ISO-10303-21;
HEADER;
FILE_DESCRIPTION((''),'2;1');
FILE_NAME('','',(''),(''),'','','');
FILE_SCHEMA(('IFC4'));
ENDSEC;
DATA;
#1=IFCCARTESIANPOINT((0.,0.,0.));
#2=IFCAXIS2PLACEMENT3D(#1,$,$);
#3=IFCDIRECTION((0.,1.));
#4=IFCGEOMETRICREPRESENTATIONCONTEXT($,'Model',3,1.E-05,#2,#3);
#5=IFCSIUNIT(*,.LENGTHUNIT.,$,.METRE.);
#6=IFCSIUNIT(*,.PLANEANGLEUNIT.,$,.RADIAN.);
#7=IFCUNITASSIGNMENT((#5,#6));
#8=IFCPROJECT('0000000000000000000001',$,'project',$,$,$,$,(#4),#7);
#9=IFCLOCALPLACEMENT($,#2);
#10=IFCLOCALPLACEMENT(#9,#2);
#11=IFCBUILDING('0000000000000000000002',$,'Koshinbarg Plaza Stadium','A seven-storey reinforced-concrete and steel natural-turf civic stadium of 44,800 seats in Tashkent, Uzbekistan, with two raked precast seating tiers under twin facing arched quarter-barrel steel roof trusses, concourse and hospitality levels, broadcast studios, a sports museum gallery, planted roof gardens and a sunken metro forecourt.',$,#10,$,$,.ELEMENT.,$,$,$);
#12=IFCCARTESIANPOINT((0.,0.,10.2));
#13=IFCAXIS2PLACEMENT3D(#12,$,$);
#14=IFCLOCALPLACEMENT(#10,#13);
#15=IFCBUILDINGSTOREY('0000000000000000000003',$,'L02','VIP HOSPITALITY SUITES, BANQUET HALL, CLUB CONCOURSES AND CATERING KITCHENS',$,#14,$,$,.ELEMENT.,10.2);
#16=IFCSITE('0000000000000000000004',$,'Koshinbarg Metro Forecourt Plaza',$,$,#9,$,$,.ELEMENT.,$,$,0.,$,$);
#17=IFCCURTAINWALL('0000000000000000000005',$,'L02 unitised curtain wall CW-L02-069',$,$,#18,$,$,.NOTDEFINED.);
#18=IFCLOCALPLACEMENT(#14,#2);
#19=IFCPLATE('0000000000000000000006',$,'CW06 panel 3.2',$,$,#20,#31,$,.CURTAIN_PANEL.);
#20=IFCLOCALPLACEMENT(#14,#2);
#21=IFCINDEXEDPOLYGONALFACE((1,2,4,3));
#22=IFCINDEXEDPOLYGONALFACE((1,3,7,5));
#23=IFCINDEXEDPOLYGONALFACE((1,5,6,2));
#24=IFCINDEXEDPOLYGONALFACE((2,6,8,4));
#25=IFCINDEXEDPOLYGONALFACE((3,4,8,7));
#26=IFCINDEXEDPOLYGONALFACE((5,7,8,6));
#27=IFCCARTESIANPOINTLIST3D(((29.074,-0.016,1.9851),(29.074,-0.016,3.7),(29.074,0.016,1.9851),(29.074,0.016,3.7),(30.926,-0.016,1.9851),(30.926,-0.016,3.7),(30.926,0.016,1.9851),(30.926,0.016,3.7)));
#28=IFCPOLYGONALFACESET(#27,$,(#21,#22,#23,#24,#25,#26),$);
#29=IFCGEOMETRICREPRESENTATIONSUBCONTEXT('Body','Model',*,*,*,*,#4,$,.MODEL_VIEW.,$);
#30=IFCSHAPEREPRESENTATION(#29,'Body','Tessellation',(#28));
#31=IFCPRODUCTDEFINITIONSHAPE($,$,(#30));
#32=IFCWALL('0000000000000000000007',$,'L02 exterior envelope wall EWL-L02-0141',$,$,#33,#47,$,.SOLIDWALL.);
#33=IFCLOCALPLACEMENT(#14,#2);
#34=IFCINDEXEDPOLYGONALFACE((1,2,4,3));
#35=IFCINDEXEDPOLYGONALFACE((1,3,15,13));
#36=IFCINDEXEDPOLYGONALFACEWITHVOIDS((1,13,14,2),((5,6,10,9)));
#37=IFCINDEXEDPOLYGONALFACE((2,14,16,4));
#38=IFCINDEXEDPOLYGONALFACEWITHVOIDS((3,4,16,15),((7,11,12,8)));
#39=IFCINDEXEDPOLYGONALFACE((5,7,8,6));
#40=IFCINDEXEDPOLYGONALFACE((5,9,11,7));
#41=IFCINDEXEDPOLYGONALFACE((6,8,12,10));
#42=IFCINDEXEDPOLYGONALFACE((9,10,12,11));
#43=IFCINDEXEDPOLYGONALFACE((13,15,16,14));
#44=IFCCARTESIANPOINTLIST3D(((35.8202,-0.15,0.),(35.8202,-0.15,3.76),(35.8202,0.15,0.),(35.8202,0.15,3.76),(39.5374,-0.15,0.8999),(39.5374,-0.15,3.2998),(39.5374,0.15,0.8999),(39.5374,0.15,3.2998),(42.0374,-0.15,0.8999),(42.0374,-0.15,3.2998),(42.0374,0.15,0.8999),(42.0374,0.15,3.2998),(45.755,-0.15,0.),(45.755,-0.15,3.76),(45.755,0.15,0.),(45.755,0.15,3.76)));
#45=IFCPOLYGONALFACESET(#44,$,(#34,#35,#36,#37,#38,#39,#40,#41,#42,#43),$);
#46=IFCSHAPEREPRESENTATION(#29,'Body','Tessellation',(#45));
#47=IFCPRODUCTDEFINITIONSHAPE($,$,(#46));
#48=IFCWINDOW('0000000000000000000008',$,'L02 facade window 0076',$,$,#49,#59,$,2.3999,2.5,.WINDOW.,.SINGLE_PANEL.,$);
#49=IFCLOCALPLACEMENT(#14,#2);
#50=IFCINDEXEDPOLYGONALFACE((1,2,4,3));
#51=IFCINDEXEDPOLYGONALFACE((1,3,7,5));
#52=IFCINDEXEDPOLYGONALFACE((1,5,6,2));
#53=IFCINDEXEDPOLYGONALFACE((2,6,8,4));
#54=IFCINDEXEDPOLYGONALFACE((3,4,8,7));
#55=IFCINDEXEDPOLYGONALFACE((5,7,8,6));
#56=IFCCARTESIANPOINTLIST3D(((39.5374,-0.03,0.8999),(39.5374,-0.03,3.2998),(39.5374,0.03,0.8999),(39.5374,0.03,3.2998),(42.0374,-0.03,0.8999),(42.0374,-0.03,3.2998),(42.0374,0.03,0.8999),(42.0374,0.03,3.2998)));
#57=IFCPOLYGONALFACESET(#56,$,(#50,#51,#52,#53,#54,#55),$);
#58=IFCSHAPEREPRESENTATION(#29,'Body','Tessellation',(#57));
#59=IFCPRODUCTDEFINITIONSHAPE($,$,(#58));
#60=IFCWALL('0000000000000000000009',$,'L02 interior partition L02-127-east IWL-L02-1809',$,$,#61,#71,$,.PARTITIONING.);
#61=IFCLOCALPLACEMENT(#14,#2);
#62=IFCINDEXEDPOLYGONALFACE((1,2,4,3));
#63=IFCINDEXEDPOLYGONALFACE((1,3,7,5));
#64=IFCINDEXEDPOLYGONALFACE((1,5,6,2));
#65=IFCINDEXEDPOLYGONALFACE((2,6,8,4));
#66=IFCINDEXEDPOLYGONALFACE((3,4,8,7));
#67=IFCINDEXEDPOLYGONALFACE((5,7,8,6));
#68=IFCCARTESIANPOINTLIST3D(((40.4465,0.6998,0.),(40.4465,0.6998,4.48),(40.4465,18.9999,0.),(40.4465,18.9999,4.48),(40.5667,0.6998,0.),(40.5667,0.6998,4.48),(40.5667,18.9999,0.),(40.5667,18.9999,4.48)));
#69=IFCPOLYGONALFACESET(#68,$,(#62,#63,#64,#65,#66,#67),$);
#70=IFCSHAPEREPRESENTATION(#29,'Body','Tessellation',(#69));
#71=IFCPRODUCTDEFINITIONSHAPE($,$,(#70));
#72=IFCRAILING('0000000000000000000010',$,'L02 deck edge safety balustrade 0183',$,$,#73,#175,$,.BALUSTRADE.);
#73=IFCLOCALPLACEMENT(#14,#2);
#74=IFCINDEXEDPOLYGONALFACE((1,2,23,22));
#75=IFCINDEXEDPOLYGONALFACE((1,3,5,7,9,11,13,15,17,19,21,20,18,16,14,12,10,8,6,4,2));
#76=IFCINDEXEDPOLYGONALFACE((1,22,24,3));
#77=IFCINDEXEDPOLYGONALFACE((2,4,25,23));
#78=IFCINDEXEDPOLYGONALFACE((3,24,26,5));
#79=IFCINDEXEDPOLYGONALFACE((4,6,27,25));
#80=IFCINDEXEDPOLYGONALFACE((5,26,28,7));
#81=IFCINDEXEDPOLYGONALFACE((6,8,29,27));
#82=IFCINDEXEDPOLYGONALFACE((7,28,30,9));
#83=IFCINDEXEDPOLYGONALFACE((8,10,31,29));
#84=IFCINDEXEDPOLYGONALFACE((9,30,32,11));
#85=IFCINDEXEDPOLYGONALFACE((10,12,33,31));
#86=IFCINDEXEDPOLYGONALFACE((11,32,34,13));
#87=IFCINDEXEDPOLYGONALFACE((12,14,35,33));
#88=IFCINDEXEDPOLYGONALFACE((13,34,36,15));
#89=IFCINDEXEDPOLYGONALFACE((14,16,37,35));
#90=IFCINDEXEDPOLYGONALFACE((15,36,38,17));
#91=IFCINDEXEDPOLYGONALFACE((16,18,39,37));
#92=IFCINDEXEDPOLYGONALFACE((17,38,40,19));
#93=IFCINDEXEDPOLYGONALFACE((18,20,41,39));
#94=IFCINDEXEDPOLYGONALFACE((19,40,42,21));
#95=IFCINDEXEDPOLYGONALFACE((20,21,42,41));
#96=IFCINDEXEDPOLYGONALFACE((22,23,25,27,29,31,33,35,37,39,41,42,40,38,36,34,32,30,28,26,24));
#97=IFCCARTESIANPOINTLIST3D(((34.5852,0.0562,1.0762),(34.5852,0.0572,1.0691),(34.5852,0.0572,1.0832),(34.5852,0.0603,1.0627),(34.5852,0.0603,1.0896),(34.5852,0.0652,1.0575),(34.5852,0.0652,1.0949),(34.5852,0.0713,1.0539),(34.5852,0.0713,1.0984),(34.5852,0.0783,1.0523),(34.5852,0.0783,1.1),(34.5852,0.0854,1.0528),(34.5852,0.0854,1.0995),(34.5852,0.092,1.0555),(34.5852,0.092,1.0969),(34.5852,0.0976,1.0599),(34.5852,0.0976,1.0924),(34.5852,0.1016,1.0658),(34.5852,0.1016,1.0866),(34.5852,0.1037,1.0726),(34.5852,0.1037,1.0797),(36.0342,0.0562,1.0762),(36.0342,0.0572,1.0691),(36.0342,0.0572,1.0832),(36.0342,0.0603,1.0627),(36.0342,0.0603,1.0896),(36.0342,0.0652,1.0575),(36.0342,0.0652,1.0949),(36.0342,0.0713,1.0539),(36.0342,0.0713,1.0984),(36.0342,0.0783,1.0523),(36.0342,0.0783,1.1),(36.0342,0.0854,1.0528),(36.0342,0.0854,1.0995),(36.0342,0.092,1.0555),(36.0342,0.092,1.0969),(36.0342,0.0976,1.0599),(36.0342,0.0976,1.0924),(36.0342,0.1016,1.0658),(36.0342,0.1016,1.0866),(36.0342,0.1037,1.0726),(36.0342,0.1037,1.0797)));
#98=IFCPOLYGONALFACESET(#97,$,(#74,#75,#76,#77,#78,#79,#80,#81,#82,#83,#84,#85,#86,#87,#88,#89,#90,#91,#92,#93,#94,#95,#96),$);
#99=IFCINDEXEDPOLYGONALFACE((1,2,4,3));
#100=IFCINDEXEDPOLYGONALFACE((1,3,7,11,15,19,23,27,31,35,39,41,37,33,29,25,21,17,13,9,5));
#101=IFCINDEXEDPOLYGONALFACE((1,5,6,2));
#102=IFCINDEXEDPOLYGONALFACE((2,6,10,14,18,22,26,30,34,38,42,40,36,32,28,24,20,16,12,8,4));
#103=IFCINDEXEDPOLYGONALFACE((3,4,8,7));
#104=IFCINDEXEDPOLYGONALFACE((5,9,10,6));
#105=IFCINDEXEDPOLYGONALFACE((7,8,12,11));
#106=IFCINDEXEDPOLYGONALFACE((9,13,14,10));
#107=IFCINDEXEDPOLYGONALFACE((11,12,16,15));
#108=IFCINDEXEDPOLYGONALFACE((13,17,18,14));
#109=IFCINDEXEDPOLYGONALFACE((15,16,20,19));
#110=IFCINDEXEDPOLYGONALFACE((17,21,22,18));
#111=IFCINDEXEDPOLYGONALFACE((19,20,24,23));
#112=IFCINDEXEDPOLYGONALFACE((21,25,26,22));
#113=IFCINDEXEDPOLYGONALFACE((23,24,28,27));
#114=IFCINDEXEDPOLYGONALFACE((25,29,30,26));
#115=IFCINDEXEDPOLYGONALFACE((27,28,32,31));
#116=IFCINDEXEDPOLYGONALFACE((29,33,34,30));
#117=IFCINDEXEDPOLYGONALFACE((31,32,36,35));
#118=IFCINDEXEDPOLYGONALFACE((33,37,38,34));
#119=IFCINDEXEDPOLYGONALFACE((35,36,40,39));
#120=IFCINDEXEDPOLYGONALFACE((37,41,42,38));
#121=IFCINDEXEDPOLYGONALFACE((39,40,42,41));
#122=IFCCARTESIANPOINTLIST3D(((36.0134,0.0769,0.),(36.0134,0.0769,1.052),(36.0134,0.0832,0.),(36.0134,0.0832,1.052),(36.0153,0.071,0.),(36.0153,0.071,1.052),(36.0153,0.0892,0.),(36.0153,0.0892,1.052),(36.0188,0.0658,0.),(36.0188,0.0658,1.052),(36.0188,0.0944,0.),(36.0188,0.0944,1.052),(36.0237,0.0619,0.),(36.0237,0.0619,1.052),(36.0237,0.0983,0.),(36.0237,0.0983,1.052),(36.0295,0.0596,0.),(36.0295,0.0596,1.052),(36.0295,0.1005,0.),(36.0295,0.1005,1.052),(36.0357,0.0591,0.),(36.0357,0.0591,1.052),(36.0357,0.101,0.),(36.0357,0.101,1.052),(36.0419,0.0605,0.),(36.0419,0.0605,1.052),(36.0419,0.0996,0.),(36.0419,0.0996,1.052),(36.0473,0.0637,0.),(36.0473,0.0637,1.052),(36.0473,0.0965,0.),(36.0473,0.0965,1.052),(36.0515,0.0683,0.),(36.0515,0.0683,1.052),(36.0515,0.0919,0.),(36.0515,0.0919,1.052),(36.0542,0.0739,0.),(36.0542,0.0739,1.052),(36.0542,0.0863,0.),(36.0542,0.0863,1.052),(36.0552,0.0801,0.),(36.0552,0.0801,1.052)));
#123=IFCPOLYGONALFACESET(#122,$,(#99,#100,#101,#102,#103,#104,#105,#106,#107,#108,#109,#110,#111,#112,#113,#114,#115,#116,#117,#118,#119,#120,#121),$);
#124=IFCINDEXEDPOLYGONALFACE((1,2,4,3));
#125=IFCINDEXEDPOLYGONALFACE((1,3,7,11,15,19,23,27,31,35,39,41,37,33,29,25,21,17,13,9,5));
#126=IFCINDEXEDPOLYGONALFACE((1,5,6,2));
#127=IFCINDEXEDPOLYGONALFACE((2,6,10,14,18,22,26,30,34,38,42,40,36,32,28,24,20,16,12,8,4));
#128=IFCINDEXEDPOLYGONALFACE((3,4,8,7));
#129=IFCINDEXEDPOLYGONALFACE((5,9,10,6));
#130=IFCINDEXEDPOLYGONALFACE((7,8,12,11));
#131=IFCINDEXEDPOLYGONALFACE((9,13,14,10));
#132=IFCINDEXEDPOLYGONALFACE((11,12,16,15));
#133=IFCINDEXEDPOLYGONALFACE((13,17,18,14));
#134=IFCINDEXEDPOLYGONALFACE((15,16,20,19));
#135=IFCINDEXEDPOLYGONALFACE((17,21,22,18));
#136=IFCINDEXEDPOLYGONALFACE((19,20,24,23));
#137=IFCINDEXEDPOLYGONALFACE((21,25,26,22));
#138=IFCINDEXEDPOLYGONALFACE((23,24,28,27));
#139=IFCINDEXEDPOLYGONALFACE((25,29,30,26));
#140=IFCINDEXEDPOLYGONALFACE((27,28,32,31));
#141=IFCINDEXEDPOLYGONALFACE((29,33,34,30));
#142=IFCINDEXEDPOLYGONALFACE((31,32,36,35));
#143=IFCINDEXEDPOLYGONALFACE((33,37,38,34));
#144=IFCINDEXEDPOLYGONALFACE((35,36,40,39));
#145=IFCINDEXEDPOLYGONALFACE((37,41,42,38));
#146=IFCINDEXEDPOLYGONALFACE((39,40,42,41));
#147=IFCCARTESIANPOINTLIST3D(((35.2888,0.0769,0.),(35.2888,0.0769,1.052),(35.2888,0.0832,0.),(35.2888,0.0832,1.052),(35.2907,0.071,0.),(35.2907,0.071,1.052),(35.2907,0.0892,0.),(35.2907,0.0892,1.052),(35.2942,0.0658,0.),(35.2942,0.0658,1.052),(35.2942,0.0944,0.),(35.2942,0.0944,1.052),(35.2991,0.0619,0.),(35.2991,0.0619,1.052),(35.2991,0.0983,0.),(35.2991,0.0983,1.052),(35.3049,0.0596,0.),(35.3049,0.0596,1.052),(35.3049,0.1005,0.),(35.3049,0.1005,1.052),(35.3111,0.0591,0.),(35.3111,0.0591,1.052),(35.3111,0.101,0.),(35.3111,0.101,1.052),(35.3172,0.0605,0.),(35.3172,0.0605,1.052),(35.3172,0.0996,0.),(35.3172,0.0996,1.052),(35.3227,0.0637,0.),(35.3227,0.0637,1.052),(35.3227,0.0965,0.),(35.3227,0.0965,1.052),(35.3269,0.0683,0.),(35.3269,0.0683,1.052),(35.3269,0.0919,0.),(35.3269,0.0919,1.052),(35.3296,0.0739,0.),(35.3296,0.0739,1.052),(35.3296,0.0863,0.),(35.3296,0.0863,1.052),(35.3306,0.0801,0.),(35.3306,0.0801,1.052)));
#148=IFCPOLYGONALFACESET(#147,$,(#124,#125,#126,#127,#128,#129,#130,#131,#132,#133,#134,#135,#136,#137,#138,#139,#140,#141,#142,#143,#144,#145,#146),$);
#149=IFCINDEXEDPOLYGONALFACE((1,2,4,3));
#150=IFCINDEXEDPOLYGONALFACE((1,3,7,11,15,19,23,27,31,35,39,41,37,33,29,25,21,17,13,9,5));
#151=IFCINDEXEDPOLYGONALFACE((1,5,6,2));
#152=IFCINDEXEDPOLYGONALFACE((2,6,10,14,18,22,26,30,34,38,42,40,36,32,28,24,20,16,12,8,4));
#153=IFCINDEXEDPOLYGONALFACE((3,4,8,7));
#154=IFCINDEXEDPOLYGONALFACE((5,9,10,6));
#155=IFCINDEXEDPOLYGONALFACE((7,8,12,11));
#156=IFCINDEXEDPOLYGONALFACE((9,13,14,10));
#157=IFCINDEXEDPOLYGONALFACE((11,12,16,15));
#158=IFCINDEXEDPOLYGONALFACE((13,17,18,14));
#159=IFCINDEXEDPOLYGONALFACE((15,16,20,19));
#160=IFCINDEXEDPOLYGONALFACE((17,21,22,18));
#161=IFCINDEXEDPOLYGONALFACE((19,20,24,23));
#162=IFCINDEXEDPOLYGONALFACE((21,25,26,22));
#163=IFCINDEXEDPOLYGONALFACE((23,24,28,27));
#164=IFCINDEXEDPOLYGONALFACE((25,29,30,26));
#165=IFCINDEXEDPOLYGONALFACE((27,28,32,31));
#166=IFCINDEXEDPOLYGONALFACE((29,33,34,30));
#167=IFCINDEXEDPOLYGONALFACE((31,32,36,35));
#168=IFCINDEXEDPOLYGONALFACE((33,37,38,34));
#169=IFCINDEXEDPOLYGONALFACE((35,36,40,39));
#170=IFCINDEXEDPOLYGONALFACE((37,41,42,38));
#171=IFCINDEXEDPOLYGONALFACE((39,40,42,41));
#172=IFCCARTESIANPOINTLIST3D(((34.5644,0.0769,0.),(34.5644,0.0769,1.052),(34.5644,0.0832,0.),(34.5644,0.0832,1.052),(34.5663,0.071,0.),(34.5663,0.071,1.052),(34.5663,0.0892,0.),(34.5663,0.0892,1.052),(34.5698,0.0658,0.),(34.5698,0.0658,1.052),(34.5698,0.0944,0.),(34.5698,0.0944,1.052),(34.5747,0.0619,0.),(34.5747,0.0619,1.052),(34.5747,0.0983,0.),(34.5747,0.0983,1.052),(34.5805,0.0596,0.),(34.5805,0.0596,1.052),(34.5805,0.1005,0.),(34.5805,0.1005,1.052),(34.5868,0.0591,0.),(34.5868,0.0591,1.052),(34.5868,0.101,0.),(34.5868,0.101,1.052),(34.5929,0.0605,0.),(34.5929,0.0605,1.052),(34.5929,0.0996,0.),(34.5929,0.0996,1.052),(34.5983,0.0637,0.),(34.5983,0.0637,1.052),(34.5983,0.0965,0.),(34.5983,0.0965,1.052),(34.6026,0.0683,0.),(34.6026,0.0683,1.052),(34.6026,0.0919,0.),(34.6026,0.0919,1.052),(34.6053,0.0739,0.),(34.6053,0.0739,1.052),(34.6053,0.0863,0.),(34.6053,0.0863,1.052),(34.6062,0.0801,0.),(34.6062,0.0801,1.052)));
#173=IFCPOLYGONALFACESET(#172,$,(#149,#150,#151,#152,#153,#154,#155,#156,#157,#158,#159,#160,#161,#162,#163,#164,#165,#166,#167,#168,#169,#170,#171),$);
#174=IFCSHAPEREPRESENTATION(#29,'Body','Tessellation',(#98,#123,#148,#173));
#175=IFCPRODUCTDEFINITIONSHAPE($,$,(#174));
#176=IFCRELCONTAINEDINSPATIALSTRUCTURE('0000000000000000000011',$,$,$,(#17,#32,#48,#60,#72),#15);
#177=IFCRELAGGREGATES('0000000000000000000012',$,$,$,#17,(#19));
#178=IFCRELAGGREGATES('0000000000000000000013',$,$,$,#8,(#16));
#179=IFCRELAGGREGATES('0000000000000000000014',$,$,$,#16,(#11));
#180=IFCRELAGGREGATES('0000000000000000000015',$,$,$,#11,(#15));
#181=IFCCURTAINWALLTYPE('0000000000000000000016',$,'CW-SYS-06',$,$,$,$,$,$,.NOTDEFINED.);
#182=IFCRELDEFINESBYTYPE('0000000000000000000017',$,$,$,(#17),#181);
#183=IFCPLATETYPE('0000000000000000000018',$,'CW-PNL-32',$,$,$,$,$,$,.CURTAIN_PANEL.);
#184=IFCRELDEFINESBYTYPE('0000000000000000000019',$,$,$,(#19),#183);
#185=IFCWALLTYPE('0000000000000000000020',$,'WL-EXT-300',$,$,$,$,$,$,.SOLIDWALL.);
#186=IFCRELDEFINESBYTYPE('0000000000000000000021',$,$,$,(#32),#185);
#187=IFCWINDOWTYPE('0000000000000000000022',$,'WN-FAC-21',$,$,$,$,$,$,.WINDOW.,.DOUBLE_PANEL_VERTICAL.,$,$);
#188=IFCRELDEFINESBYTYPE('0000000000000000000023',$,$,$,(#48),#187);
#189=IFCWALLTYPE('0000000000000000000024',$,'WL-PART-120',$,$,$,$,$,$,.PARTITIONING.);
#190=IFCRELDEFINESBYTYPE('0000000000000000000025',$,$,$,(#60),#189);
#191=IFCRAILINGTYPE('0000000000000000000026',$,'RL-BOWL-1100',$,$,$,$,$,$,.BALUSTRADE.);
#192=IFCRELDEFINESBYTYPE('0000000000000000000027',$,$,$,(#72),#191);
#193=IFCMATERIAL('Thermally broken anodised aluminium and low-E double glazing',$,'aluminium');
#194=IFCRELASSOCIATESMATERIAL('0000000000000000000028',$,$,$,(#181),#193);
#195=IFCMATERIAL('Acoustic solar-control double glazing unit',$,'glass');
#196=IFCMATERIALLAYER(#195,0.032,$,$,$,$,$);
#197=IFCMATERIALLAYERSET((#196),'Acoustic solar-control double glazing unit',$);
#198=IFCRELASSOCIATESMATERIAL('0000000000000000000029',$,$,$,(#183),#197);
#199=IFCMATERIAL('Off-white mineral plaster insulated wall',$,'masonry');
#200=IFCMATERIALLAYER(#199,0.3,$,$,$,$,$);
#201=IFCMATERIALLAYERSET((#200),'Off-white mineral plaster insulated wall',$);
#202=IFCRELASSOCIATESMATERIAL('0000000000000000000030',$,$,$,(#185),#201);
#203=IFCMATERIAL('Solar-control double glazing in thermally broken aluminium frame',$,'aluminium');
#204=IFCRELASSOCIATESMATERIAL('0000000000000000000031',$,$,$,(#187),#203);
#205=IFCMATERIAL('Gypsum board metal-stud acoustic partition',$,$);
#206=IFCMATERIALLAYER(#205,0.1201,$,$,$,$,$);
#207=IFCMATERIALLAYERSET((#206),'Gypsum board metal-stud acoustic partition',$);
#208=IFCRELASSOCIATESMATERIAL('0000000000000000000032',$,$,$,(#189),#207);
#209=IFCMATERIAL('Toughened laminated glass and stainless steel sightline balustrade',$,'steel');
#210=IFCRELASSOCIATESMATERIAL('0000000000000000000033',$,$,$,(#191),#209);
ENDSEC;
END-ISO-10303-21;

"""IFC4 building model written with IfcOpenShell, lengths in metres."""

from ifc_helpers import new_model, si_unit, direction, frame, frame_2d, origin, origin_2d, place, context, subcontext, project, spatial, rectangle, circle, extrude, material, layer, layer_set, type_object, element, fill, aggregate, save


model = new_model("IFC4")

# Units and contexts
model_context = context("Model", 3, precision=1e-05, world=origin(), true_north=direction((0.0, 1.0)))
body_context = subcontext(model_context, "Body", "Model", "MODEL_VIEW")
ifc_project = project(units=[si_unit("LENGTHUNIT", "METRE"), si_unit("PLANEANGLEUNIT", "RADIAN")], contexts=[model_context])

# Site, building, storey
site_placement = place(None, origin())
site = spatial("IfcSite", under=ifc_project, at=site_placement, Name="Koshinbarg Metro Forecourt Plaza", CompositionType="ELEMENT", RefElevation=0.0)
building_placement = place(site_placement, origin())
building = spatial("IfcBuilding", under=site, at=building_placement, Name="Koshinbarg Plaza Stadium", Description="A seven-storey reinforced-concrete and steel natural-turf civic stadium of 44,800 seats in Tashkent, Uzbekistan, with two raked precast seating tiers under twin facing arched quarter-barrel steel roof trusses, concourse and hospitality levels, broadcast studios, a sports museum gallery, planted roof gardens and a sunken metro forecourt.", CompositionType="ELEMENT")
storey_placement = place(building_placement, frame((0.0, 0.0, 10.2)))
storey = spatial("IfcBuildingStorey", under=building, at=storey_placement, Name="L02", Description="VIP HOSPITALITY SUITES, BANQUET HALL, CLUB CONCOURSES AND CATERING KITCHENS", CompositionType="ELEMENT", Elevation=10.2)

# Shared definitions
ifc_material_1 = material(Name="Thermally broken anodised aluminium and low-E double glazing", Category="aluminium")

# Curtain wall, plate
curtain_wall_type_1 = type_object("IfcCurtainWallType", Name="CW-SYS-06", PredefinedType="NOTDEFINED", material=ifc_material_1)
curtain_wall_1_placement = place(storey_placement, origin())
curtain_wall_1 = element("IfcCurtainWall", 1, at=curtain_wall_1_placement, inside=storey, type_object=curtain_wall_type_1, Name="L02 unitised curtain wall CW-L02-069", PredefinedType="NOTDEFINED")
ifc_material_2 = material(Name="Acoustic solar-control double glazing unit", Category="glass")
ifc_layer_1 = layer(ifc_material_2, 0.032)
ifc_layer_set_1 = layer_set([ifc_layer_1], Name="Acoustic solar-control double glazing unit")
plate_type = type_object("IfcPlateType", Name="CW-PNL-32", PredefinedType="CURTAIN_PANEL", material=ifc_layer_set_1)
plate_1_placement = place(storey_placement, frame((30.0, 0.0, 1.9851), z_axis=(0.0, 0.0, 1.0), x_axis=(-1.0, 0.0, 0.0)))
plate_1 = element("IfcPlate", 2, at=plate_1_placement, type_object=plate_type, Name="CW06 panel 3.2", PredefinedType="CURTAIN_PANEL", context=body_context, shape_type="SweptSolid", body=[
    extrude(rectangle(XDim=1.8521, YDim=0.032, at=origin_2d()), origin(), (0.0, 0.0, 1.0), 1.7148),
])
aggregate(curtain_wall_1, [plate_1])

# Wall, opening, window
ifc_material_3 = material(Name="Off-white mineral plaster insulated wall", Category="masonry")
ifc_layer_2 = layer(ifc_material_3, 0.3)
ifc_layer_set_2 = layer_set([ifc_layer_2], Name="Off-white mineral plaster insulated wall")
wall_type_1 = type_object("IfcWallType", Name="WL-EXT-300", PredefinedType="SOLIDWALL", material=ifc_layer_set_2)
wall_1_placement = place(storey_placement, frame((45.7549, 0.0, 0.0), z_axis=(0.0, 0.0, 1.0), x_axis=(-1.0, 0.0, 0.0)))
wall_1 = element("IfcWall", 3, at=wall_1_placement, inside=storey, type_object=wall_type_1, Name="L02 exterior envelope wall EWL-L02-0141", PredefinedType="SOLIDWALL", context=body_context, shape_type="SweptSolid", body=[
    extrude(rectangle(XDim=9.9348, YDim=0.3, at=frame_2d((4.9673, 0.0))), origin(), (0.0, 0.0, 1.0), 3.76),
])
opening_placement = place(wall_1_placement, frame((3.7175, 0.0, 0.8999)))
opening = element("IfcOpeningElement", 4, at=opening_placement, cuts=wall_1, PredefinedType="OPENING", context=body_context, shape_type="SweptSolid", body=[
    extrude(rectangle(XDim=2.5, YDim=2.3999, at=frame_2d((1.25, 1.2))), frame((0.0, 0.1599, 0.0), z_axis=(0.0, -1.0, 0.0), x_axis=(1.0, 0.0, 0.0)), (0.0, 0.0, 1.0), 0.3201),
])
ifc_material_4 = material(Name="Solar-control double glazing in thermally broken aluminium frame", Category="aluminium")
window_type = type_object("IfcWindowType", Name="WN-FAC-21", PartitioningType="DOUBLE_PANEL_VERTICAL", PredefinedType="WINDOW", material=ifc_material_4)
window_placement = place(opening_placement, origin())
window = element("IfcWindow", 5, at=window_placement, inside=storey, type_object=window_type, Name="L02 facade window 0076", OverallHeight=2.3999, OverallWidth=2.5, PartitioningType="SINGLE_PANEL", PredefinedType="WINDOW", context=body_context, shape_type="SweptSolid", body=[
    extrude(rectangle(XDim=2.5, YDim=2.3999, at=frame_2d((1.25, 1.2))), frame((0.0, 0.03, 0.0), z_axis=(0.0, -1.0, 0.0), x_axis=(1.0, 0.0, 0.0)), (0.0, 0.0, 1.0), 0.0601),
])
fill(opening, window)

# Wall
ifc_material_5 = material(Name="Gypsum board metal-stud acoustic partition")
ifc_layer_3 = layer(ifc_material_5, 0.1201)
ifc_layer_set_3 = layer_set([ifc_layer_3], Name="Gypsum board metal-stud acoustic partition")
wall_type_2 = type_object("IfcWallType", Name="WL-PART-120", PredefinedType="PARTITIONING", material=ifc_layer_set_3)
wall_2_placement = place(storey_placement, frame((40.5066, 0.7, 0.0), z_axis=(0.0, 0.0, 1.0), x_axis=(0.0, 1.0, 0.0)))
element("IfcWall", 6, at=wall_2_placement, inside=storey, type_object=wall_type_2, Name="L02 interior partition L02-127-east IWL-L02-1809", PredefinedType="PARTITIONING", context=body_context, shape_type="SweptSolid", body=[
    extrude(rectangle(XDim=18.3, YDim=0.1201, at=frame_2d((9.1499, 0.0))), origin(), (0.0, 0.0, 1.0), 4.48),
])

# Railing
ifc_material_6 = material(Name="Toughened laminated glass and stainless steel sightline balustrade", Category="steel")
railing_type = type_object("IfcRailingType", Name="RL-BOWL-1100", PredefinedType="BALUSTRADE", material=ifc_material_6)
railing_placement = place(storey_placement, frame((36.0342, 0.0801, 0.0)))
element("IfcRailing", 7, at=railing_placement, inside=storey, type_object=railing_type, Name="L02 deck edge safety balustrade 0183", PredefinedType="BALUSTRADE", context=body_context, shape_type="SweptSolid", body=[
    extrude(circle(Radius=0.0239, at=origin_2d()), frame((0.0, 0.0, 1.0762), z_axis=(-1.0, 0.0, 0.0), x_axis=(0.0, -1.0, 0.0)), (0.0, 0.0, 1.0), 1.449),
    extrude(circle(Radius=0.021, at=origin_2d()), origin(), (0.0, 0.0, 1.0), 1.052),
    extrude(circle(Radius=0.021, at=origin_2d()), frame((-0.7246, 0.0, 0.0)), (0.0, 0.0, 1.0), 1.052),
    extrude(circle(Radius=0.021, at=origin_2d()), frame((-1.449, 0.0, 0.0)), (0.0, 0.0, 1.0), 1.052),
])

save(model, "model.ifc")
